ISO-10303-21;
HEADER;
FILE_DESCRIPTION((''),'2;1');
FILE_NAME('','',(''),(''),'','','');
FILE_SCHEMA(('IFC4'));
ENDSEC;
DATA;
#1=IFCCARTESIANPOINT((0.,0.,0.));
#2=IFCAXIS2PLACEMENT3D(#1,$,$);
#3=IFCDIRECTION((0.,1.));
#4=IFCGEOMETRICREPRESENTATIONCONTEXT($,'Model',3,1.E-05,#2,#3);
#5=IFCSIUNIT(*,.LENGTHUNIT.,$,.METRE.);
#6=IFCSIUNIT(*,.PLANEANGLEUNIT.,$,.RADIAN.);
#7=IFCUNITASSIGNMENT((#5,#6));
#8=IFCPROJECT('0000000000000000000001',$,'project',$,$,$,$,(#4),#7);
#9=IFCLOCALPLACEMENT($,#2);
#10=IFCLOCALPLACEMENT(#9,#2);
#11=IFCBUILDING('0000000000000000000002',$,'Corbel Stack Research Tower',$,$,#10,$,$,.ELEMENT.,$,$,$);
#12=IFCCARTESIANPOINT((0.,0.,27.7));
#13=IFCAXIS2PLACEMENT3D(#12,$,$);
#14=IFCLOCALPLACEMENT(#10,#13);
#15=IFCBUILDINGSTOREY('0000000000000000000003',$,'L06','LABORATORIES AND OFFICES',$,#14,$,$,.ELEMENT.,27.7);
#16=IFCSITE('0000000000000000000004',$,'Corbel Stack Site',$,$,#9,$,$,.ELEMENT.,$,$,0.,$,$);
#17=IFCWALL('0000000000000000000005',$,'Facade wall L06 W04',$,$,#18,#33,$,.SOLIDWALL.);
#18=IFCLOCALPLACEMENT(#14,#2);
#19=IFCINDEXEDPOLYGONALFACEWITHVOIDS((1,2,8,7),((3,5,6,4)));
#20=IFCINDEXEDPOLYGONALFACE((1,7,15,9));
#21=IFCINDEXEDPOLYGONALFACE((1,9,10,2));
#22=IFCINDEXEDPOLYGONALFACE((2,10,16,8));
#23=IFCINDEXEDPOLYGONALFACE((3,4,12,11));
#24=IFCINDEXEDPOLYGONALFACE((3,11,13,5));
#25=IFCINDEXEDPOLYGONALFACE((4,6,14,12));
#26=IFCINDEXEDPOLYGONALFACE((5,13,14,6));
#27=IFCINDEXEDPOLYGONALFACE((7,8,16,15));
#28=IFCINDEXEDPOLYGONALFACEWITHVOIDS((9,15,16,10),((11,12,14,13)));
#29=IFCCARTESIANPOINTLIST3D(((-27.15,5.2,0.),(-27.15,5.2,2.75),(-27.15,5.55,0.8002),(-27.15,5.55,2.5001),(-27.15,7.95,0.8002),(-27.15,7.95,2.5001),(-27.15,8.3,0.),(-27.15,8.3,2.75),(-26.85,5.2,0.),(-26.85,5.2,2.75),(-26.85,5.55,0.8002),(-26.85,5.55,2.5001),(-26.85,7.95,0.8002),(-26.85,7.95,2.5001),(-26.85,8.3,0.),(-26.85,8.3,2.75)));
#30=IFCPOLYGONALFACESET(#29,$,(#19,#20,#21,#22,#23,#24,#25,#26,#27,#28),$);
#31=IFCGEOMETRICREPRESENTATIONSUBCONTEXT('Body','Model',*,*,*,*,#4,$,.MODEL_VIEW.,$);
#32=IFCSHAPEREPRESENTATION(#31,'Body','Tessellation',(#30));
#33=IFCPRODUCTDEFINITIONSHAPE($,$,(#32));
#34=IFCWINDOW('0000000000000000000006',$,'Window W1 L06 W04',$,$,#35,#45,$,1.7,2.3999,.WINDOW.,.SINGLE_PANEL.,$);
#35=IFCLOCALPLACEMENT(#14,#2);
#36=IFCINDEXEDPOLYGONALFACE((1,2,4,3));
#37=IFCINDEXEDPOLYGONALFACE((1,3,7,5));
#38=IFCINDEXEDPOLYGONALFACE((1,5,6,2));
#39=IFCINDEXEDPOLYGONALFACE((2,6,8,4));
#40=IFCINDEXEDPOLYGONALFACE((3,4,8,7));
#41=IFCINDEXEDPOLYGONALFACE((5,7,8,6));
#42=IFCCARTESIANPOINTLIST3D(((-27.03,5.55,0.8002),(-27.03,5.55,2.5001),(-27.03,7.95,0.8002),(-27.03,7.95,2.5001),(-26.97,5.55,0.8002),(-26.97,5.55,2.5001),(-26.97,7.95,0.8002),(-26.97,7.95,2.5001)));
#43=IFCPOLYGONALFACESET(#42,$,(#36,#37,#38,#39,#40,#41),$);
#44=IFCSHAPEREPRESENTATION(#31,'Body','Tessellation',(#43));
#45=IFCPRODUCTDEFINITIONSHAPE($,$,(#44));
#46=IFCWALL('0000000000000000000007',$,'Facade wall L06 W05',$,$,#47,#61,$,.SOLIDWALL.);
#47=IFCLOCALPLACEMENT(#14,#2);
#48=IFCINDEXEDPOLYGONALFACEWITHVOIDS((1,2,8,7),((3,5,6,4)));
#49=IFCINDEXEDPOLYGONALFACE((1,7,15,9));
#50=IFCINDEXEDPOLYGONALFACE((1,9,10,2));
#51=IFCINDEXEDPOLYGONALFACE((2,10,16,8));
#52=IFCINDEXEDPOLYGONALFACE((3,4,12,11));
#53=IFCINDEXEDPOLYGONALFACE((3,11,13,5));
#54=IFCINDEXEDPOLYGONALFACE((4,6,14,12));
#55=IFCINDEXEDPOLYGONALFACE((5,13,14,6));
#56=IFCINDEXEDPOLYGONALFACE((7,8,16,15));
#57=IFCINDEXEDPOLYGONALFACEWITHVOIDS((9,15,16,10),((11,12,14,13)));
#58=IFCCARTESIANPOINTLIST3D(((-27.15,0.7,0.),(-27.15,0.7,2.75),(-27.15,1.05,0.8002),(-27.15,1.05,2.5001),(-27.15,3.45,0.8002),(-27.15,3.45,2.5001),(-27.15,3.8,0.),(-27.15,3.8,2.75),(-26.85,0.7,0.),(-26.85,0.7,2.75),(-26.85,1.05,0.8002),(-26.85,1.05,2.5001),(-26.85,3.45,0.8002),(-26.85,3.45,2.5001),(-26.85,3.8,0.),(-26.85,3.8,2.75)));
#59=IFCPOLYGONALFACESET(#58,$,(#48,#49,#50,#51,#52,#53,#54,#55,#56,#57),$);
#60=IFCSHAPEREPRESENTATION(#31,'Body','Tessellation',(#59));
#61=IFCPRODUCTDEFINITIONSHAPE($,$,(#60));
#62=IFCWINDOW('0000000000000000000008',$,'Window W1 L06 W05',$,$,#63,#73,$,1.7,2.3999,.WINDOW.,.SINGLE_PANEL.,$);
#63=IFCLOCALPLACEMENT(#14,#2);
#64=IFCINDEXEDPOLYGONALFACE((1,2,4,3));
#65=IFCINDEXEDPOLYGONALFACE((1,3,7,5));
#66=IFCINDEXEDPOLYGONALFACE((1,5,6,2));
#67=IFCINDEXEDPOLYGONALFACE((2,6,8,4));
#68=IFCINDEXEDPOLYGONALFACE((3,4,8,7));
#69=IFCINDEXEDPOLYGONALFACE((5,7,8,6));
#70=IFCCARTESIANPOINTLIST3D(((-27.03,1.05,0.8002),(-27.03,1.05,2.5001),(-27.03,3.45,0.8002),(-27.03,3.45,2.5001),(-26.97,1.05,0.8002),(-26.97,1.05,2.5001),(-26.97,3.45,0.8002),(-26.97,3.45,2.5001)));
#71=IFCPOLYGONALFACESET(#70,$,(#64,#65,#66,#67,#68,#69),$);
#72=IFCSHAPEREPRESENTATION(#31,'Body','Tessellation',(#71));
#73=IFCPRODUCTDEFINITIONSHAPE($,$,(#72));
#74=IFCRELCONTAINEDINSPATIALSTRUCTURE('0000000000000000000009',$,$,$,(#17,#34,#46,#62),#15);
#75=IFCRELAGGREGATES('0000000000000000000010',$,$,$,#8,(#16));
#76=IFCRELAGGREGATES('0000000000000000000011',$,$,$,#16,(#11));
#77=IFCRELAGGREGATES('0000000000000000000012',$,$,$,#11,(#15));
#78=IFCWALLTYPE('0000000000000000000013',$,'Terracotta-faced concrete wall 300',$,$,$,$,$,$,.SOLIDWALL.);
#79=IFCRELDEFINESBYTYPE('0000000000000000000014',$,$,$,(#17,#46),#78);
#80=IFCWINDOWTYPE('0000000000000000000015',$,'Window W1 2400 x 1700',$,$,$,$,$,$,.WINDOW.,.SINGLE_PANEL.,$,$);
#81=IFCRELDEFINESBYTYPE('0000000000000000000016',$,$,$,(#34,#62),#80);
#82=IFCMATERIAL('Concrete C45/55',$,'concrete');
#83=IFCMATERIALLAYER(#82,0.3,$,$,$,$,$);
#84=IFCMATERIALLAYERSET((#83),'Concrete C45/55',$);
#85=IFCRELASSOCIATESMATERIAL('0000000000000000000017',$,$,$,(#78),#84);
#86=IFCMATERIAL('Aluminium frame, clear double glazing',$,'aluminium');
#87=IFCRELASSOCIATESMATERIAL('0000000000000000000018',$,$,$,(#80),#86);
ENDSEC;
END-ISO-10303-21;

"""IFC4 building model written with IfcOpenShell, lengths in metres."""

from ifc_helpers import new_model, si_unit, direction, frame, frame_2d, origin, place, context, subcontext, project, spatial, rectangle, extrude, material, layer, layer_set, type_object, element, fill, save


model = new_model("IFC4")

# Units and contexts
model_context = context("Model", 3, precision=1e-05, world=origin(), true_north=direction((0.0, 1.0)))
body_context = subcontext(model_context, "Body", "Model", "MODEL_VIEW")
ifc_project = project(units=[si_unit("LENGTHUNIT", "METRE"), si_unit("PLANEANGLEUNIT", "RADIAN")], contexts=[model_context])

# Site, building, storey
site_placement = place(None, origin())
site = spatial("IfcSite", under=ifc_project, at=site_placement, Name="Corbel Stack Site", CompositionType="ELEMENT", RefElevation=0.0)
building_placement = place(site_placement, origin())
building = spatial("IfcBuilding", under=site, at=building_placement, Name="Corbel Stack Research Tower", CompositionType="ELEMENT")
storey_placement = place(building_placement, frame((0.0, 0.0, 27.7)))
storey = spatial("IfcBuildingStorey", under=building, at=storey_placement, Name="L06", Description="LABORATORIES AND OFFICES", CompositionType="ELEMENT", Elevation=27.7)

# Shared definitions
ifc_material_1 = material(Name="Concrete C45/55", Category="concrete")
ifc_layer_1 = layer(ifc_material_1, 0.3)
ifc_layer_set_1 = layer_set([ifc_layer_1], Name="Concrete C45/55")
wall_type_1 = type_object("IfcWallType", Name="Terracotta-faced concrete wall 300", PredefinedType="SOLIDWALL", material=ifc_layer_set_1)

# Walls, openings, windows
ifc_material_2 = material(Name="Aluminium frame, clear double glazing", Category="aluminium")
window_type = type_object("IfcWindowType", Name="Window W1 2400 x 1700", PartitioningType="SINGLE_PANEL", PredefinedType="WINDOW", material=ifc_material_2)
wall_1_placement = place(storey_placement, frame((-27.0, 5.2, 0.0), z_axis=(0.0, 0.0, 1.0), x_axis=(0.0, 1.0, 0.0)))
wall_1 = element("IfcWall", 1, at=wall_1_placement, inside=storey, type_object=wall_type_1, Name="Facade wall L06 W04", PredefinedType="SOLIDWALL", context=body_context, shape_type="SweptSolid", body=[
    extrude(rectangle(XDim=3.1001, YDim=0.3, at=frame_2d((1.55, 0.0))), origin(), (0.0, 0.0, 1.0), 2.75),
])
opening_1_placement = place(wall_1_placement, frame((0.3501, 0.0, 0.8)))
opening_1 = element("IfcOpeningElement", 2, at=opening_1_placement, cuts=wall_1, PredefinedType="OPENING", context=body_context, shape_type="SweptSolid", body=[
    extrude(rectangle(XDim=2.3999, YDim=1.7, at=frame_2d((1.2, 0.8501))), frame((0.0, 0.1599, 0.0), z_axis=(0.0, -1.0, 0.0), x_axis=(1.0, 0.0, 0.0)), (0.0, 0.0, 1.0), 0.3201),
])
window_1_placement = place(opening_1_placement, origin())
window_1 = element("IfcWindow", 3, at=window_1_placement, inside=storey, type_object=window_type, Name="Window W1 L06 W04", OverallHeight=1.7, OverallWidth=2.3999, PartitioningType="SINGLE_PANEL", PredefinedType="WINDOW", context=body_context, shape_type="SweptSolid", body=[
    extrude(rectangle(XDim=2.3999, YDim=1.7, at=frame_2d((1.2, 0.8501))), frame((0.0, 0.03, 0.0), z_axis=(0.0, -1.0, 0.0), x_axis=(1.0, 0.0, 0.0)), (0.0, 0.0, 1.0), 0.0601),
])
fill(opening_1, window_1)
wall_2_placement = place(storey_placement, frame((-27.0, 0.7, 0.0), z_axis=(0.0, 0.0, 1.0), x_axis=(0.0, 1.0, 0.0)))
wall_2 = element("IfcWall", 4, at=wall_2_placement, inside=storey, type_object=wall_type_1, Name="Facade wall L06 W05", PredefinedType="SOLIDWALL", context=body_context, shape_type="SweptSolid", body=[
    extrude(rectangle(XDim=3.1001, YDim=0.3, at=frame_2d((1.55, 0.0))), origin(), (0.0, 0.0, 1.0), 2.75),
])
opening_2_placement = place(wall_2_placement, frame((0.3501, 0.0, 0.8)))
opening_2 = element("IfcOpeningElement", 5, at=opening_2_placement, cuts=wall_2, PredefinedType="OPENING", context=body_context, shape_type="SweptSolid", body=[
    extrude(rectangle(XDim=2.3999, YDim=1.7, at=frame_2d((1.2, 0.8501))), frame((0.0, 0.1599, 0.0), z_axis=(0.0, -1.0, 0.0), x_axis=(1.0, 0.0, 0.0)), (0.0, 0.0, 1.0), 0.3201),
])
window_2_placement = place(opening_2_placement, origin())
window_2 = element("IfcWindow", 6, at=window_2_placement, inside=storey, type_object=window_type, Name="Window W1 L06 W05", OverallHeight=1.7, OverallWidth=2.3999, PartitioningType="SINGLE_PANEL", PredefinedType="WINDOW", context=body_context, shape_type="SweptSolid", body=[
    extrude(rectangle(XDim=2.3999, YDim=1.7, at=frame_2d((1.2, 0.8501))), frame((0.0, 0.03, 0.0), z_axis=(0.0, -1.0, 0.0), x_axis=(1.0, 0.0, 0.0)), (0.0, 0.0, 1.0), 0.0601),
])
fill(opening_2, window_2)

save(model, "model.ifc")
